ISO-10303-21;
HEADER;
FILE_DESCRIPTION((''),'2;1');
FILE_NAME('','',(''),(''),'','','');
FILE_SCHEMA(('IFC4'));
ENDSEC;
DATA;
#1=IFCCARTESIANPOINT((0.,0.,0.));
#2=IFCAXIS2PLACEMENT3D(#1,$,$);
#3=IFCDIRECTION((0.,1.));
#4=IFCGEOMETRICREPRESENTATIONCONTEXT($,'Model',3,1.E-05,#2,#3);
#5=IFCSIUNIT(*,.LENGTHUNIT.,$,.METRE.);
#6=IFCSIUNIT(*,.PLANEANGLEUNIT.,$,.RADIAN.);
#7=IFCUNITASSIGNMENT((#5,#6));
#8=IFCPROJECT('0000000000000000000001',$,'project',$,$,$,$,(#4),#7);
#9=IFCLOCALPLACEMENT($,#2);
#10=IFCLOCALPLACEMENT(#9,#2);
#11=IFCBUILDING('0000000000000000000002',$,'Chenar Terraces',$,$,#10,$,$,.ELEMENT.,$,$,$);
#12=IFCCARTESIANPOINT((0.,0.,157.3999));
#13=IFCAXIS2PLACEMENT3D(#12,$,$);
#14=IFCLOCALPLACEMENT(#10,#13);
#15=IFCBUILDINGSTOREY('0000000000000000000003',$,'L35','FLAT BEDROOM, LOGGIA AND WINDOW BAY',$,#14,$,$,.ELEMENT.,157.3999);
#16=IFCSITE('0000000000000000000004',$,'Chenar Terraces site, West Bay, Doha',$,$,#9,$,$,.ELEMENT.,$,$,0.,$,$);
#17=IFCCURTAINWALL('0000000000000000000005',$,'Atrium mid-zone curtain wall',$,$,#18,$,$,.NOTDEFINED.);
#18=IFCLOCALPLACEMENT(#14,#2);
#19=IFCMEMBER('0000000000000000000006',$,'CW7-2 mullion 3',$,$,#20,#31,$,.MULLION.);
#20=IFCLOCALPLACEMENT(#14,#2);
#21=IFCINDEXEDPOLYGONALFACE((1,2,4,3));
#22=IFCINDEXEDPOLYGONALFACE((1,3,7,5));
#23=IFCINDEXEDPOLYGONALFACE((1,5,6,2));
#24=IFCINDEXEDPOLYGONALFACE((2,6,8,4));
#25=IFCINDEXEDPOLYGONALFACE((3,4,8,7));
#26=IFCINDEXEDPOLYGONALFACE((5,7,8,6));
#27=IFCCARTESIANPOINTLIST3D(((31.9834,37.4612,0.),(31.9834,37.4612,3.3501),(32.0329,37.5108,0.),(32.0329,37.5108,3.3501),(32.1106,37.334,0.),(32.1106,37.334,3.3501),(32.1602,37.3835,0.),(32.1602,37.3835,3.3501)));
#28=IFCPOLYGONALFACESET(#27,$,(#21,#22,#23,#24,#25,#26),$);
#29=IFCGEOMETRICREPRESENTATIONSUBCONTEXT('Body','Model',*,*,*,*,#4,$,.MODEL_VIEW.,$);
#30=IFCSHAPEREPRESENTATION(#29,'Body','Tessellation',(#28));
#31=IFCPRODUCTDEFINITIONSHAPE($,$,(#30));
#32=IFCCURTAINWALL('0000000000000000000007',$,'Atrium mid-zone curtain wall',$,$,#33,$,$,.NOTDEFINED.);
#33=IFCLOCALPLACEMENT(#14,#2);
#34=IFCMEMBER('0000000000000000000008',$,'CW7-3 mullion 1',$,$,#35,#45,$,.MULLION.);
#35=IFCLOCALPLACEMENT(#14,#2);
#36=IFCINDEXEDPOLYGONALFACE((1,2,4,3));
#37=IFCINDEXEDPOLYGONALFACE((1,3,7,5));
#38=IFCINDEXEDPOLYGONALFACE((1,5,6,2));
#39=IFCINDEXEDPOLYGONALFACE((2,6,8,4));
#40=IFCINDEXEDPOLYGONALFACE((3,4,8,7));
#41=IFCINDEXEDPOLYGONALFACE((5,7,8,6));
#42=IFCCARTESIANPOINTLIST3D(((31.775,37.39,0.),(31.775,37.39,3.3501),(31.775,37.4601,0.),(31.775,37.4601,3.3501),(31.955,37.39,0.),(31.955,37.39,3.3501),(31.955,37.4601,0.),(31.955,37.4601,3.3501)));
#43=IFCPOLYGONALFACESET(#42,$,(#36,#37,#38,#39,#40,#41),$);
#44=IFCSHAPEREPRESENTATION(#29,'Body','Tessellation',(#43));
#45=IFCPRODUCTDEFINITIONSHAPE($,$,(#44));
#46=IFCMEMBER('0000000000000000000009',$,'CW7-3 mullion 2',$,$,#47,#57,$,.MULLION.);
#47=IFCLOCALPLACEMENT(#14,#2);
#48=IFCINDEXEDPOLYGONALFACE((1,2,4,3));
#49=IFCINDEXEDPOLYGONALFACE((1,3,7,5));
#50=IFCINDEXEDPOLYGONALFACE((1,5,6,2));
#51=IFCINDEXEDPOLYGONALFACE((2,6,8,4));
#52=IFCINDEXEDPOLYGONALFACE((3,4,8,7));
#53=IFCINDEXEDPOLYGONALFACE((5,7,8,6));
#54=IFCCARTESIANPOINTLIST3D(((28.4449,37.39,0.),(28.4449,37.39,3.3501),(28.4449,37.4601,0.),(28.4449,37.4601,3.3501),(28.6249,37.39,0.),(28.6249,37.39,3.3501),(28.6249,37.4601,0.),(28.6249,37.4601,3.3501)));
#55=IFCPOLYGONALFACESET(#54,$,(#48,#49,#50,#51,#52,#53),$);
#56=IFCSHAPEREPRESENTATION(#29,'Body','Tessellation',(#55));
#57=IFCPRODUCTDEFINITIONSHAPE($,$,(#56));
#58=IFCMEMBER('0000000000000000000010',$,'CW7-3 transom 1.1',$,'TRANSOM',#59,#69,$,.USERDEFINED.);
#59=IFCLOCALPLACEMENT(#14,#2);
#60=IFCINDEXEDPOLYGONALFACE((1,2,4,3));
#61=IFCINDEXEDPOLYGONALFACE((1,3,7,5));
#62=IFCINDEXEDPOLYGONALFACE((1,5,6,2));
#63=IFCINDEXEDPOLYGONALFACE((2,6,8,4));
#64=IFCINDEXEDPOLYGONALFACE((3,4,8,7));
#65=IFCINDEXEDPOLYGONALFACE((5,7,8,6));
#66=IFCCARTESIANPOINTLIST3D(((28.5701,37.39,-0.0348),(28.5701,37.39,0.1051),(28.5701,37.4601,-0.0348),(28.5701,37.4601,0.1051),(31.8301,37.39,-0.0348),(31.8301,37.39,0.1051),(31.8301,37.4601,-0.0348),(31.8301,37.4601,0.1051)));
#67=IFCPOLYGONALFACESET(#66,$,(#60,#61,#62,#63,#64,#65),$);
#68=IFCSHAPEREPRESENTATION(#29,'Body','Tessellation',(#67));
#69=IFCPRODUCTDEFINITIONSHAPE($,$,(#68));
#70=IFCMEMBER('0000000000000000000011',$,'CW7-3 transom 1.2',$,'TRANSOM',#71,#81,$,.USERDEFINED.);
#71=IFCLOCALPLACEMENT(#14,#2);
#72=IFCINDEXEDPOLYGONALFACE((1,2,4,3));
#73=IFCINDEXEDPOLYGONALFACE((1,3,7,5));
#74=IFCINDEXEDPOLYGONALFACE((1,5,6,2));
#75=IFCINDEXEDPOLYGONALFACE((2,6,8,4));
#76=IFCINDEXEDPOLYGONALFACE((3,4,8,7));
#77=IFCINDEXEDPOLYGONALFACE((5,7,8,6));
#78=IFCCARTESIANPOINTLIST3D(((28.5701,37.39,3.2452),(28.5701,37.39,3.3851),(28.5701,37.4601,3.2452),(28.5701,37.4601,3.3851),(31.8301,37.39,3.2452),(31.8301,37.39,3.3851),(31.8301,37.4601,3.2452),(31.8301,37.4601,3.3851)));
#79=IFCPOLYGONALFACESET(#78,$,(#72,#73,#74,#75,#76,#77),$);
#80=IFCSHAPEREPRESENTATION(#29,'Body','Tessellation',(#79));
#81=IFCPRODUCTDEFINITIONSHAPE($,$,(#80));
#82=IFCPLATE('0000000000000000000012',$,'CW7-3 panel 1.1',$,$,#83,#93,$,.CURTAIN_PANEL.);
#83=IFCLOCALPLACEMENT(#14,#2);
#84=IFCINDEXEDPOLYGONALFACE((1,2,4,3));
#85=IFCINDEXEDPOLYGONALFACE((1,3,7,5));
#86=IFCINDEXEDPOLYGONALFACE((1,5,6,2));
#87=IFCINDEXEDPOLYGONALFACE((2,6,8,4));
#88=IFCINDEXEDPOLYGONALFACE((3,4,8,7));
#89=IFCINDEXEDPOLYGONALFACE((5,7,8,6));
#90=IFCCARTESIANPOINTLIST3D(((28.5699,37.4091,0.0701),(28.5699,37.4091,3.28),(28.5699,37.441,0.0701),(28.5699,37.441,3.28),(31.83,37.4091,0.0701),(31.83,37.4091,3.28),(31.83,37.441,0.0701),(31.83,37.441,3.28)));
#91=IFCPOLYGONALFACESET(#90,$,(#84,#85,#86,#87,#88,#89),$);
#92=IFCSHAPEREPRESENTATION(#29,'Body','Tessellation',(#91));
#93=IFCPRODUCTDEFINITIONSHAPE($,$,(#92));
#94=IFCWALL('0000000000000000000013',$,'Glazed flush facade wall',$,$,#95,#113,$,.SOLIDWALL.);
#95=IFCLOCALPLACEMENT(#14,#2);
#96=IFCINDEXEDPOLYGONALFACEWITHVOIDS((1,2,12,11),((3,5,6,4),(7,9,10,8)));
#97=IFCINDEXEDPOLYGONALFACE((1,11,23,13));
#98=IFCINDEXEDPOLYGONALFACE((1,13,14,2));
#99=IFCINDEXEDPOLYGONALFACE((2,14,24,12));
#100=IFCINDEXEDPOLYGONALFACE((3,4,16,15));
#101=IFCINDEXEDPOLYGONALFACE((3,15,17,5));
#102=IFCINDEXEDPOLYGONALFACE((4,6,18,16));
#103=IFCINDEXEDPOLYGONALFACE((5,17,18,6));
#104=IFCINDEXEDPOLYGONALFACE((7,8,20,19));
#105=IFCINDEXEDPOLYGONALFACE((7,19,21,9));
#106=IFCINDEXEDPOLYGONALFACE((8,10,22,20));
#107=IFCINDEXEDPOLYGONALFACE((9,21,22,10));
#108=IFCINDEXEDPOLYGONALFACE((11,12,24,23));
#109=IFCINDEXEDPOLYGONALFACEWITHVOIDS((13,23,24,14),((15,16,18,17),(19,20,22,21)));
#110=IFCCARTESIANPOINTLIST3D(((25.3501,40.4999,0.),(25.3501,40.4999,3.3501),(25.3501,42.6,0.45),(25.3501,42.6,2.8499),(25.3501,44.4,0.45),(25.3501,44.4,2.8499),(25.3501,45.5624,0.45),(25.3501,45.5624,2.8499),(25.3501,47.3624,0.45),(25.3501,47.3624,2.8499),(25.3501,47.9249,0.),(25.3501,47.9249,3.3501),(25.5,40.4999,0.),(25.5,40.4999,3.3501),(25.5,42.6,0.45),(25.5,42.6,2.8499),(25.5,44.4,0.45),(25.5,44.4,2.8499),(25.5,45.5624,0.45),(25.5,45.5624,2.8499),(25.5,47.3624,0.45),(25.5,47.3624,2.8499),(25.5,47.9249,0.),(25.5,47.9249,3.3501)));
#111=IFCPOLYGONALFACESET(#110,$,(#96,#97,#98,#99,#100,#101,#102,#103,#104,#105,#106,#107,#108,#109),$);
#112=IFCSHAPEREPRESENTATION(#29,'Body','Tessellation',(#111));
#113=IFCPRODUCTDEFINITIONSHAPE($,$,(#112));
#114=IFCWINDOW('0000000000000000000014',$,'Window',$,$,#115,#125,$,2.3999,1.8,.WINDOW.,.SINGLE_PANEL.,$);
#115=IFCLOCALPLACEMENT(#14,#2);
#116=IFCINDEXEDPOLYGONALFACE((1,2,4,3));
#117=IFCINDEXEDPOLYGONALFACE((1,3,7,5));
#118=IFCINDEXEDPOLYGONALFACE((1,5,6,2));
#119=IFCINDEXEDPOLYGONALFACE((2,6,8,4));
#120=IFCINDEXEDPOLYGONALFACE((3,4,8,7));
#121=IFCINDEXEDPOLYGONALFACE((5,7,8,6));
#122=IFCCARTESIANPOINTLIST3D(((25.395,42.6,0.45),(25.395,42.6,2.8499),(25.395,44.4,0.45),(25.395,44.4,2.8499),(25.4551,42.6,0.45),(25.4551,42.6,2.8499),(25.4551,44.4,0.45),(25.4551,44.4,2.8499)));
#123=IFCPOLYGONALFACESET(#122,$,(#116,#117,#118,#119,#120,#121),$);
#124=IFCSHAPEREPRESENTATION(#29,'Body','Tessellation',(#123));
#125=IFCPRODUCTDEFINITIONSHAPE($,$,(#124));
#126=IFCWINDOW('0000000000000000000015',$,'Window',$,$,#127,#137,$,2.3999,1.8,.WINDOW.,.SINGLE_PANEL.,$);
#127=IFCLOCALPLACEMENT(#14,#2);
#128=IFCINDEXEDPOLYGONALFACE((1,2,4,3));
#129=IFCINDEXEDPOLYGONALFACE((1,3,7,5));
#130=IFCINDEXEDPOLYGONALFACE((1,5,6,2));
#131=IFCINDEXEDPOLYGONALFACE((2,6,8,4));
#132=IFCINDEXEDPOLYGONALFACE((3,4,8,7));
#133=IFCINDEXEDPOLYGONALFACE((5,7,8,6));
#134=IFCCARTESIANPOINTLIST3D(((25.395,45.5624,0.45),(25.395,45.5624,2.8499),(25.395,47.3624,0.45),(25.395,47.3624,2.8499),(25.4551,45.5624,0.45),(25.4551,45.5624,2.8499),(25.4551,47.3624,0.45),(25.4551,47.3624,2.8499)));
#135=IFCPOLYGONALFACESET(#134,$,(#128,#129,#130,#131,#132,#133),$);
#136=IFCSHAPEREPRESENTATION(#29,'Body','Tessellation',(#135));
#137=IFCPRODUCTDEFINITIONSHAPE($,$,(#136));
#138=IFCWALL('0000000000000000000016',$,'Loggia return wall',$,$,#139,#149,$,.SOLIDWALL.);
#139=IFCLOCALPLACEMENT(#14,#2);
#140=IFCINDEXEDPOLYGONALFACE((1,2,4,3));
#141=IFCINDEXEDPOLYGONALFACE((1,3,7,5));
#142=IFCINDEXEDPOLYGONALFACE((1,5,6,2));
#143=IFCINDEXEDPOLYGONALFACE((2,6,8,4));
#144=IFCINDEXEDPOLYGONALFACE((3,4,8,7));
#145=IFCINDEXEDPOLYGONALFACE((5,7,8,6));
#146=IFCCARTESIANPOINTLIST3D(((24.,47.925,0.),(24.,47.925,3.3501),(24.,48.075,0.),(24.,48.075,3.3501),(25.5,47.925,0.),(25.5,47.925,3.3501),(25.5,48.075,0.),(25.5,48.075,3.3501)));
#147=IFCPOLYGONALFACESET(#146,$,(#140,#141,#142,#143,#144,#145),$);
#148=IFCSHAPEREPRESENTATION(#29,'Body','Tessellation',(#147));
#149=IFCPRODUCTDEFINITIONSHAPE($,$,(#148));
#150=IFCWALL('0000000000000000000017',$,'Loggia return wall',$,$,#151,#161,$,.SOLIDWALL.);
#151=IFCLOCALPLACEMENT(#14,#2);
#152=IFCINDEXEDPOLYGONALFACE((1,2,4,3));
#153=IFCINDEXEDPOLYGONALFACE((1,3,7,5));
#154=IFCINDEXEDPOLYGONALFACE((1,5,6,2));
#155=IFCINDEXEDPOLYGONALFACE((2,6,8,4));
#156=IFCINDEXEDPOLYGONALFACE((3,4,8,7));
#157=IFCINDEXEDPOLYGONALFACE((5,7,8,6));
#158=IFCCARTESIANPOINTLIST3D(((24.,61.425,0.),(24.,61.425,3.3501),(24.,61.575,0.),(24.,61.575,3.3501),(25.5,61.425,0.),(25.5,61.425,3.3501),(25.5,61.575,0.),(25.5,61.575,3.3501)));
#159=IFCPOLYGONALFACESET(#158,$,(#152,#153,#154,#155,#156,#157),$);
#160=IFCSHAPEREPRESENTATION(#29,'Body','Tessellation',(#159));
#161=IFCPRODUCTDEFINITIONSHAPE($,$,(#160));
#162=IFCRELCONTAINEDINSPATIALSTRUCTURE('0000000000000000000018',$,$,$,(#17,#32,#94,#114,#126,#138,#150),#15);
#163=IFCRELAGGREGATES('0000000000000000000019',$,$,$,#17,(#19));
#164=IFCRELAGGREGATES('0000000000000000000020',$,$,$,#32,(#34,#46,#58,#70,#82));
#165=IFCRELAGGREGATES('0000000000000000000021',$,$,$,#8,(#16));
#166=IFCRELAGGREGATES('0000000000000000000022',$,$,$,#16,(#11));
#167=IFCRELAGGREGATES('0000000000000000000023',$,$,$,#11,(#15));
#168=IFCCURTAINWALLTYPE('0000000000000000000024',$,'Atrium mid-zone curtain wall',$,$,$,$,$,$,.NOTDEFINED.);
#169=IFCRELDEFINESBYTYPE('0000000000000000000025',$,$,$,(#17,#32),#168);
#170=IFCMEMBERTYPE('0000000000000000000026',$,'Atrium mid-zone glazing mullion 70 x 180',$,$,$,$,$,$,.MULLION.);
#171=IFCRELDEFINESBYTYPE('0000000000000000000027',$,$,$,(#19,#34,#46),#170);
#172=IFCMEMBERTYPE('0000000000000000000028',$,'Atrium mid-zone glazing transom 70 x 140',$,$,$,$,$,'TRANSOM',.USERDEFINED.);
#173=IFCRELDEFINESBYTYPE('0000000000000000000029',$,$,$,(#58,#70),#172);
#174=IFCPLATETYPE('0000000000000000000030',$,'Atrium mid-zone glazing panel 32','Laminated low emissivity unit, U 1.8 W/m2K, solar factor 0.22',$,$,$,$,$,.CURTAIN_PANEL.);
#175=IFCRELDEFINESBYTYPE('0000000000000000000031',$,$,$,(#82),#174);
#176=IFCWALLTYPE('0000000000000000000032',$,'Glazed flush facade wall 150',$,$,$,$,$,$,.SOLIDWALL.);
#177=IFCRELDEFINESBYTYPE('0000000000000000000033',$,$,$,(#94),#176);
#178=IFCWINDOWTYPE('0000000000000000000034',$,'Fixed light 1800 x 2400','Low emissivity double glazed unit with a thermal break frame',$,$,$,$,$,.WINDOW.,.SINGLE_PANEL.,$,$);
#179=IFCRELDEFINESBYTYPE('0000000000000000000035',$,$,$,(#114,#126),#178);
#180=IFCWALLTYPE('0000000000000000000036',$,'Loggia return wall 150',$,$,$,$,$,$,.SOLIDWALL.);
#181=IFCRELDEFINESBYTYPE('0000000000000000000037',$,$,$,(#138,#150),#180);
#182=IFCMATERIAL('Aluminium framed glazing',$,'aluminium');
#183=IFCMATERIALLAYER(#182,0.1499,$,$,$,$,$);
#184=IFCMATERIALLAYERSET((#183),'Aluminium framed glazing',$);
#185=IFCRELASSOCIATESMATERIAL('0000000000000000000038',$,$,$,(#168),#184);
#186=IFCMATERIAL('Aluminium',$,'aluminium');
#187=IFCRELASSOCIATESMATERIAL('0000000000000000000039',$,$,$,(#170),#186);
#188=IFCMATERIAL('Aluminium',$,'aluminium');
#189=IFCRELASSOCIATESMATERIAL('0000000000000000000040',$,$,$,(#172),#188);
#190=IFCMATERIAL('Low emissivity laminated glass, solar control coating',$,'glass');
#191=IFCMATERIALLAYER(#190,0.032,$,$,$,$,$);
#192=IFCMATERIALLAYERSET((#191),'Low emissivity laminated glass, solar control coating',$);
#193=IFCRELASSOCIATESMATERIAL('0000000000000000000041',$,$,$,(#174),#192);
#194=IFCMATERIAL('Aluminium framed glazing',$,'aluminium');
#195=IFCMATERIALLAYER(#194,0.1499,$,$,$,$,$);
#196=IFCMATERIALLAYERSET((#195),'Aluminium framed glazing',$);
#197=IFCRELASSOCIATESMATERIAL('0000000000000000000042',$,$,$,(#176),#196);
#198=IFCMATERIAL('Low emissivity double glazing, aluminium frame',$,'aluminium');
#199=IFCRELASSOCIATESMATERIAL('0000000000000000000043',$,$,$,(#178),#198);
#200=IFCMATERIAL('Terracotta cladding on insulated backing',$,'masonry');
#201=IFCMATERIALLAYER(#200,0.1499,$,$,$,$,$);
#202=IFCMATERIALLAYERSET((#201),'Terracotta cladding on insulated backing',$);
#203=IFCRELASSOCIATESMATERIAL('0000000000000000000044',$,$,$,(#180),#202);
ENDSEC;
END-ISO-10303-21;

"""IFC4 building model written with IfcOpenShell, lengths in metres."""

from ifc_helpers import new_model, si_unit, direction, frame, frame_2d, origin, origin_2d, place, context, subcontext, project, spatial, rectangle, extrude, material, layer, layer_set, material_profile, profile_set, type_object, element, fill, aggregate, save


model = new_model("IFC4")

# Units and contexts
model_context = context("Model", 3, precision=1e-05, world=origin(), true_north=direction((0.0, 1.0)))
body_context = subcontext(model_context, "Body", "Model", "MODEL_VIEW")
ifc_project = project(units=[si_unit("LENGTHUNIT", "METRE"), si_unit("PLANEANGLEUNIT", "RADIAN")], contexts=[model_context])

# Site, building, storey
site_placement = place(None, origin())
site = spatial("IfcSite", under=ifc_project, at=site_placement, Name="Chenar Terraces site, West Bay, Doha", CompositionType="ELEMENT", RefElevation=0.0)
building_placement = place(site_placement, origin())
building = spatial("IfcBuilding", under=site, at=building_placement, Name="Chenar Terraces", CompositionType="ELEMENT")
storey_placement = place(building_placement, frame((0.0, 0.0, 157.3999)))
storey = spatial("IfcBuildingStorey", under=building, at=storey_placement, Name="L35", Description="FLAT BEDROOM, LOGGIA AND WINDOW BAY", CompositionType="ELEMENT", Elevation=157.3999)

# Curtain wall, member
ifc_material_1 = material(Name="Aluminium framed glazing", Category="aluminium")
ifc_layer_1 = layer(ifc_material_1, 0.1499)
ifc_layer_set_1 = layer_set([ifc_layer_1], Name="Aluminium framed glazing")
curtain_wall_type = type_object("IfcCurtainWallType", Name="Atrium mid-zone curtain wall", PredefinedType="NOTDEFINED", material=ifc_layer_set_1)
placement = place(storey_placement, origin())
curtain_wall_1 = element("IfcCurtainWall", 1, at=placement, inside=storey, type_object=curtain_wall_type, Name="Atrium mid-zone curtain wall", PredefinedType="NOTDEFINED")
ifc_material_2 = material(Name="Aluminium", Category="aluminium")
ifc_material_profile_1 = material_profile(ifc_material_2, rectangle(XDim=0.0701, YDim=0.1799, at=origin_2d()), Name="Atrium mid-zone glazing mullion 70 x 180")
ifc_profile_set_1 = profile_set([ifc_material_profile_1], Name="Aluminium")
member_type_1 = type_object("IfcMemberType", Name="Atrium mid-zone glazing mullion 70 x 180", PredefinedType="MULLION", material=ifc_profile_set_1)
member_1_placement = place(storey_placement, frame((32.0718, 37.4224, 0.0), z_axis=(0.0, 0.0, 1.0), x_axis=(-0.707107, -0.707107, 0.0)))
member_1 = element("IfcMember", 2, at=member_1_placement, type_object=member_type_1, Name="CW7-2 mullion 3", PredefinedType="MULLION", context=body_context, shape_type="SweptSolid", body=[
    extrude(rectangle(XDim=0.0701, YDim=0.1799, at=origin_2d()), origin(), (0.0, 0.0, 1.0), 3.3501),
])
aggregate(curtain_wall_1, [member_1])

# Curtain wall, members, plate
curtain_wall_2 = element("IfcCurtainWall", 3, at=placement, inside=storey, type_object=curtain_wall_type, Name="Atrium mid-zone curtain wall", PredefinedType="NOTDEFINED")
member_2_placement = place(storey_placement, frame((31.865, 37.425, 0.0), z_axis=(0.0, 0.0, 1.0), x_axis=(0.0, -1.0, 0.0)))
member_2 = element("IfcMember", 4, at=member_2_placement, type_object=member_type_1, Name="CW7-3 mullion 1", PredefinedType="MULLION", context=body_context, shape_type="SweptSolid", body=[
    extrude(rectangle(XDim=0.0701, YDim=0.1799, at=origin_2d()), origin(), (0.0, 0.0, 1.0), 3.3501),
])
member_3_placement = place(storey_placement, frame((28.5349, 37.425, 0.0), z_axis=(0.0, 0.0, 1.0), x_axis=(0.0, -1.0, 0.0)))
member_3 = element("IfcMember", 5, at=member_3_placement, type_object=member_type_1, Name="CW7-3 mullion 2", PredefinedType="MULLION", context=body_context, shape_type="SweptSolid", body=[
    extrude(rectangle(XDim=0.0701, YDim=0.1799, at=origin_2d()), origin(), (0.0, 0.0, 1.0), 3.3501),
])
ifc_material_3 = material(Name="Aluminium", Category="aluminium")
ifc_material_profile_2 = material_profile(ifc_material_3, rectangle(XDim=0.0701, YDim=0.1399, at=origin_2d()), Name="Atrium mid-zone glazing transom 70 x 140")
ifc_profile_set_2 = profile_set([ifc_material_profile_2], Name="Aluminium")
member_type_2 = type_object("IfcMemberType", Name="Atrium mid-zone glazing transom 70 x 140", ElementType="TRANSOM", PredefinedType="USERDEFINED", material=ifc_profile_set_2)
member_4_placement = place(storey_placement, frame((31.8301, 37.425, 0.0352), z_axis=(-1.0, 0.0, 0.0), x_axis=(0.0, -1.0, 0.0)))
member_4 = element("IfcMember", 6, at=member_4_placement, type_object=member_type_2, Name="CW7-3 transom 1.1", ObjectType="TRANSOM", PredefinedType="USERDEFINED", context=body_context, shape_type="SweptSolid", body=[
    extrude(rectangle(XDim=0.0701, YDim=0.1399, at=origin_2d()), origin(), (0.0, 0.0, 1.0), 3.26),
])
member_5_placement = place(storey_placement, frame((31.8301, 37.425, 3.3152), z_axis=(-1.0, 0.0, 0.0), x_axis=(0.0, -1.0, 0.0)))
member_5 = element("IfcMember", 7, at=member_5_placement, type_object=member_type_2, Name="CW7-3 transom 1.2", ObjectType="TRANSOM", PredefinedType="USERDEFINED", context=body_context, shape_type="SweptSolid", body=[
    extrude(rectangle(XDim=0.0701, YDim=0.1399, at=origin_2d()), origin(), (0.0, 0.0, 1.0), 3.26),
])
ifc_material_4 = material(Name="Low emissivity laminated glass, solar control coating", Category="glass")
ifc_layer_2 = layer(ifc_material_4, 0.032)
ifc_layer_set_2 = layer_set([ifc_layer_2], Name="Low emissivity laminated glass, solar control coating")
plate_type = type_object("IfcPlateType", Name="Atrium mid-zone glazing panel 32", Description="Laminated low emissivity unit, U 1.8 W/m2K, solar factor 0.22", PredefinedType="CURTAIN_PANEL", material=ifc_layer_set_2)
plate_placement = place(storey_placement, frame((30.2, 37.425, 0.0701), z_axis=(0.0, 0.0, 1.0), x_axis=(-1.0, 0.0, 0.0)))
plate = element("IfcPlate", 8, at=plate_placement, type_object=plate_type, Name="CW7-3 panel 1.1", PredefinedType="CURTAIN_PANEL", context=body_context, shape_type="SweptSolid", body=[
    extrude(rectangle(XDim=3.26, YDim=0.032, at=origin_2d()), origin(), (0.0, 0.0, 1.0), 3.21),
])
aggregate(curtain_wall_2, [member_2, member_3, member_4, member_5, plate])

# Wall, openings, windows
ifc_material_5 = material(Name="Aluminium framed glazing", Category="aluminium")
ifc_layer_3 = layer(ifc_material_5, 0.1499)
ifc_layer_set_3 = layer_set([ifc_layer_3], Name="Aluminium framed glazing")
wall_type_1 = type_object("IfcWallType", Name="Glazed flush facade wall 150", PredefinedType="SOLIDWALL", material=ifc_layer_set_3)
wall_1_placement = place(storey_placement, frame((25.425, 40.5, 0.0), z_axis=(0.0, 0.0, 1.0), x_axis=(0.0, 1.0, 0.0)))
wall_1 = element("IfcWall", 9, at=wall_1_placement, inside=storey, type_object=wall_type_1, Name="Glazed flush facade wall", PredefinedType="SOLIDWALL", context=body_context, shape_type="SweptSolid", body=[
    extrude(rectangle(XDim=7.425, YDim=0.1499, at=frame_2d((3.7124, 0.0))), origin(), (0.0, 0.0, 1.0), 3.3501),
])
opening_1_placement = place(wall_1_placement, frame((2.1001, 0.0, 0.45)))
opening_1 = element("IfcOpeningElement", 10, at=opening_1_placement, cuts=wall_1, PredefinedType="OPENING", context=body_context, shape_type="SweptSolid", body=[
    extrude(rectangle(XDim=1.8, YDim=2.3999, at=frame_2d((0.8999, 1.2))), frame((0.0, 0.085, 0.0), z_axis=(0.0, -1.0, 0.0), x_axis=(1.0, 0.0, 0.0)), (0.0, 0.0, 1.0), 0.1699),
])
opening_2_placement = place(wall_1_placement, frame((5.0625, 0.0, 0.45)))
opening_2 = element("IfcOpeningElement", 11, at=opening_2_placement, cuts=wall_1, PredefinedType="OPENING", context=body_context, shape_type="SweptSolid", body=[
    extrude(rectangle(XDim=1.8, YDim=2.3999, at=frame_2d((0.8999, 1.2))), frame((0.0, 0.085, 0.0), z_axis=(0.0, -1.0, 0.0), x_axis=(1.0, 0.0, 0.0)), (0.0, 0.0, 1.0), 0.1699),
])
ifc_material_6 = material(Name="Low emissivity double glazing, aluminium frame", Category="aluminium")
window_type_1 = type_object("IfcWindowType", Name="Fixed light 1800 x 2400", Description="Low emissivity double glazed unit with a thermal break frame", PartitioningType="SINGLE_PANEL", PredefinedType="WINDOW", material=ifc_material_6)
window_1_placement = place(opening_1_placement, origin())
window_1 = element("IfcWindow", 12, at=window_1_placement, inside=storey, type_object=window_type_1, Name="Window", OverallHeight=2.3999, OverallWidth=1.8, PartitioningType="SINGLE_PANEL", PredefinedType="WINDOW", context=body_context, shape_type="SweptSolid", body=[
    extrude(rectangle(XDim=1.8, YDim=2.3999, at=frame_2d((0.8999, 1.2))), frame((0.0, 0.03, 0.0), z_axis=(0.0, -1.0, 0.0), x_axis=(1.0, 0.0, 0.0)), (0.0, 0.0, 1.0), 0.0601),
])
fill(opening_1, window_1)
window_2_placement = place(opening_2_placement, origin())
window_2 = element("IfcWindow", 13, at=window_2_placement, inside=storey, type_object=window_type_1, Name="Window", OverallHeight=2.3999, OverallWidth=1.8, PartitioningType="SINGLE_PANEL", PredefinedType="WINDOW", context=body_context, shape_type="SweptSolid", body=[
    extrude(rectangle(XDim=1.8, YDim=2.3999, at=frame_2d((0.8999, 1.2))), frame((0.0, 0.03, 0.0), z_axis=(0.0, -1.0, 0.0), x_axis=(1.0, 0.0, 0.0)), (0.0, 0.0, 1.0), 0.0601),
])
fill(opening_2, window_2)

# Walls
ifc_material_7 = material(Name="Terracotta cladding on insulated backing", Category="masonry")
ifc_layer_4 = layer(ifc_material_7, 0.1499)
ifc_layer_set_4 = layer_set([ifc_layer_4], Name="Terracotta cladding on insulated backing")
wall_type_2 = type_object("IfcWallType", Name="Loggia return wall 150", PredefinedType="SOLIDWALL", material=ifc_layer_set_4)
for number, where, z_axis, x_axis, name in (
    (14, (25.5, 48.0, 0.0), (0.0, 0.0, 1.0), (-1.0, 0.0, 0.0), "Loggia return wall"),
    (15, (25.5, 61.5, 0.0), (0.0, 0.0, 1.0), (-1.0, 0.0, 0.0), "Loggia return wall"),
):
    element("IfcWall", number, at=place(storey_placement, frame(where, z_axis=z_axis, x_axis=x_axis)), inside=storey, type_object=wall_type_2, Name=name, PredefinedType="SOLIDWALL", context=body_context, shape_type="SweptSolid", body=[
        extrude(rectangle(XDim=1.5, YDim=0.1499, at=frame_2d((0.75, 0.0))), origin(), (0.0, 0.0, 1.0), 3.3501),
    ])

save(model, "model.ifc")
